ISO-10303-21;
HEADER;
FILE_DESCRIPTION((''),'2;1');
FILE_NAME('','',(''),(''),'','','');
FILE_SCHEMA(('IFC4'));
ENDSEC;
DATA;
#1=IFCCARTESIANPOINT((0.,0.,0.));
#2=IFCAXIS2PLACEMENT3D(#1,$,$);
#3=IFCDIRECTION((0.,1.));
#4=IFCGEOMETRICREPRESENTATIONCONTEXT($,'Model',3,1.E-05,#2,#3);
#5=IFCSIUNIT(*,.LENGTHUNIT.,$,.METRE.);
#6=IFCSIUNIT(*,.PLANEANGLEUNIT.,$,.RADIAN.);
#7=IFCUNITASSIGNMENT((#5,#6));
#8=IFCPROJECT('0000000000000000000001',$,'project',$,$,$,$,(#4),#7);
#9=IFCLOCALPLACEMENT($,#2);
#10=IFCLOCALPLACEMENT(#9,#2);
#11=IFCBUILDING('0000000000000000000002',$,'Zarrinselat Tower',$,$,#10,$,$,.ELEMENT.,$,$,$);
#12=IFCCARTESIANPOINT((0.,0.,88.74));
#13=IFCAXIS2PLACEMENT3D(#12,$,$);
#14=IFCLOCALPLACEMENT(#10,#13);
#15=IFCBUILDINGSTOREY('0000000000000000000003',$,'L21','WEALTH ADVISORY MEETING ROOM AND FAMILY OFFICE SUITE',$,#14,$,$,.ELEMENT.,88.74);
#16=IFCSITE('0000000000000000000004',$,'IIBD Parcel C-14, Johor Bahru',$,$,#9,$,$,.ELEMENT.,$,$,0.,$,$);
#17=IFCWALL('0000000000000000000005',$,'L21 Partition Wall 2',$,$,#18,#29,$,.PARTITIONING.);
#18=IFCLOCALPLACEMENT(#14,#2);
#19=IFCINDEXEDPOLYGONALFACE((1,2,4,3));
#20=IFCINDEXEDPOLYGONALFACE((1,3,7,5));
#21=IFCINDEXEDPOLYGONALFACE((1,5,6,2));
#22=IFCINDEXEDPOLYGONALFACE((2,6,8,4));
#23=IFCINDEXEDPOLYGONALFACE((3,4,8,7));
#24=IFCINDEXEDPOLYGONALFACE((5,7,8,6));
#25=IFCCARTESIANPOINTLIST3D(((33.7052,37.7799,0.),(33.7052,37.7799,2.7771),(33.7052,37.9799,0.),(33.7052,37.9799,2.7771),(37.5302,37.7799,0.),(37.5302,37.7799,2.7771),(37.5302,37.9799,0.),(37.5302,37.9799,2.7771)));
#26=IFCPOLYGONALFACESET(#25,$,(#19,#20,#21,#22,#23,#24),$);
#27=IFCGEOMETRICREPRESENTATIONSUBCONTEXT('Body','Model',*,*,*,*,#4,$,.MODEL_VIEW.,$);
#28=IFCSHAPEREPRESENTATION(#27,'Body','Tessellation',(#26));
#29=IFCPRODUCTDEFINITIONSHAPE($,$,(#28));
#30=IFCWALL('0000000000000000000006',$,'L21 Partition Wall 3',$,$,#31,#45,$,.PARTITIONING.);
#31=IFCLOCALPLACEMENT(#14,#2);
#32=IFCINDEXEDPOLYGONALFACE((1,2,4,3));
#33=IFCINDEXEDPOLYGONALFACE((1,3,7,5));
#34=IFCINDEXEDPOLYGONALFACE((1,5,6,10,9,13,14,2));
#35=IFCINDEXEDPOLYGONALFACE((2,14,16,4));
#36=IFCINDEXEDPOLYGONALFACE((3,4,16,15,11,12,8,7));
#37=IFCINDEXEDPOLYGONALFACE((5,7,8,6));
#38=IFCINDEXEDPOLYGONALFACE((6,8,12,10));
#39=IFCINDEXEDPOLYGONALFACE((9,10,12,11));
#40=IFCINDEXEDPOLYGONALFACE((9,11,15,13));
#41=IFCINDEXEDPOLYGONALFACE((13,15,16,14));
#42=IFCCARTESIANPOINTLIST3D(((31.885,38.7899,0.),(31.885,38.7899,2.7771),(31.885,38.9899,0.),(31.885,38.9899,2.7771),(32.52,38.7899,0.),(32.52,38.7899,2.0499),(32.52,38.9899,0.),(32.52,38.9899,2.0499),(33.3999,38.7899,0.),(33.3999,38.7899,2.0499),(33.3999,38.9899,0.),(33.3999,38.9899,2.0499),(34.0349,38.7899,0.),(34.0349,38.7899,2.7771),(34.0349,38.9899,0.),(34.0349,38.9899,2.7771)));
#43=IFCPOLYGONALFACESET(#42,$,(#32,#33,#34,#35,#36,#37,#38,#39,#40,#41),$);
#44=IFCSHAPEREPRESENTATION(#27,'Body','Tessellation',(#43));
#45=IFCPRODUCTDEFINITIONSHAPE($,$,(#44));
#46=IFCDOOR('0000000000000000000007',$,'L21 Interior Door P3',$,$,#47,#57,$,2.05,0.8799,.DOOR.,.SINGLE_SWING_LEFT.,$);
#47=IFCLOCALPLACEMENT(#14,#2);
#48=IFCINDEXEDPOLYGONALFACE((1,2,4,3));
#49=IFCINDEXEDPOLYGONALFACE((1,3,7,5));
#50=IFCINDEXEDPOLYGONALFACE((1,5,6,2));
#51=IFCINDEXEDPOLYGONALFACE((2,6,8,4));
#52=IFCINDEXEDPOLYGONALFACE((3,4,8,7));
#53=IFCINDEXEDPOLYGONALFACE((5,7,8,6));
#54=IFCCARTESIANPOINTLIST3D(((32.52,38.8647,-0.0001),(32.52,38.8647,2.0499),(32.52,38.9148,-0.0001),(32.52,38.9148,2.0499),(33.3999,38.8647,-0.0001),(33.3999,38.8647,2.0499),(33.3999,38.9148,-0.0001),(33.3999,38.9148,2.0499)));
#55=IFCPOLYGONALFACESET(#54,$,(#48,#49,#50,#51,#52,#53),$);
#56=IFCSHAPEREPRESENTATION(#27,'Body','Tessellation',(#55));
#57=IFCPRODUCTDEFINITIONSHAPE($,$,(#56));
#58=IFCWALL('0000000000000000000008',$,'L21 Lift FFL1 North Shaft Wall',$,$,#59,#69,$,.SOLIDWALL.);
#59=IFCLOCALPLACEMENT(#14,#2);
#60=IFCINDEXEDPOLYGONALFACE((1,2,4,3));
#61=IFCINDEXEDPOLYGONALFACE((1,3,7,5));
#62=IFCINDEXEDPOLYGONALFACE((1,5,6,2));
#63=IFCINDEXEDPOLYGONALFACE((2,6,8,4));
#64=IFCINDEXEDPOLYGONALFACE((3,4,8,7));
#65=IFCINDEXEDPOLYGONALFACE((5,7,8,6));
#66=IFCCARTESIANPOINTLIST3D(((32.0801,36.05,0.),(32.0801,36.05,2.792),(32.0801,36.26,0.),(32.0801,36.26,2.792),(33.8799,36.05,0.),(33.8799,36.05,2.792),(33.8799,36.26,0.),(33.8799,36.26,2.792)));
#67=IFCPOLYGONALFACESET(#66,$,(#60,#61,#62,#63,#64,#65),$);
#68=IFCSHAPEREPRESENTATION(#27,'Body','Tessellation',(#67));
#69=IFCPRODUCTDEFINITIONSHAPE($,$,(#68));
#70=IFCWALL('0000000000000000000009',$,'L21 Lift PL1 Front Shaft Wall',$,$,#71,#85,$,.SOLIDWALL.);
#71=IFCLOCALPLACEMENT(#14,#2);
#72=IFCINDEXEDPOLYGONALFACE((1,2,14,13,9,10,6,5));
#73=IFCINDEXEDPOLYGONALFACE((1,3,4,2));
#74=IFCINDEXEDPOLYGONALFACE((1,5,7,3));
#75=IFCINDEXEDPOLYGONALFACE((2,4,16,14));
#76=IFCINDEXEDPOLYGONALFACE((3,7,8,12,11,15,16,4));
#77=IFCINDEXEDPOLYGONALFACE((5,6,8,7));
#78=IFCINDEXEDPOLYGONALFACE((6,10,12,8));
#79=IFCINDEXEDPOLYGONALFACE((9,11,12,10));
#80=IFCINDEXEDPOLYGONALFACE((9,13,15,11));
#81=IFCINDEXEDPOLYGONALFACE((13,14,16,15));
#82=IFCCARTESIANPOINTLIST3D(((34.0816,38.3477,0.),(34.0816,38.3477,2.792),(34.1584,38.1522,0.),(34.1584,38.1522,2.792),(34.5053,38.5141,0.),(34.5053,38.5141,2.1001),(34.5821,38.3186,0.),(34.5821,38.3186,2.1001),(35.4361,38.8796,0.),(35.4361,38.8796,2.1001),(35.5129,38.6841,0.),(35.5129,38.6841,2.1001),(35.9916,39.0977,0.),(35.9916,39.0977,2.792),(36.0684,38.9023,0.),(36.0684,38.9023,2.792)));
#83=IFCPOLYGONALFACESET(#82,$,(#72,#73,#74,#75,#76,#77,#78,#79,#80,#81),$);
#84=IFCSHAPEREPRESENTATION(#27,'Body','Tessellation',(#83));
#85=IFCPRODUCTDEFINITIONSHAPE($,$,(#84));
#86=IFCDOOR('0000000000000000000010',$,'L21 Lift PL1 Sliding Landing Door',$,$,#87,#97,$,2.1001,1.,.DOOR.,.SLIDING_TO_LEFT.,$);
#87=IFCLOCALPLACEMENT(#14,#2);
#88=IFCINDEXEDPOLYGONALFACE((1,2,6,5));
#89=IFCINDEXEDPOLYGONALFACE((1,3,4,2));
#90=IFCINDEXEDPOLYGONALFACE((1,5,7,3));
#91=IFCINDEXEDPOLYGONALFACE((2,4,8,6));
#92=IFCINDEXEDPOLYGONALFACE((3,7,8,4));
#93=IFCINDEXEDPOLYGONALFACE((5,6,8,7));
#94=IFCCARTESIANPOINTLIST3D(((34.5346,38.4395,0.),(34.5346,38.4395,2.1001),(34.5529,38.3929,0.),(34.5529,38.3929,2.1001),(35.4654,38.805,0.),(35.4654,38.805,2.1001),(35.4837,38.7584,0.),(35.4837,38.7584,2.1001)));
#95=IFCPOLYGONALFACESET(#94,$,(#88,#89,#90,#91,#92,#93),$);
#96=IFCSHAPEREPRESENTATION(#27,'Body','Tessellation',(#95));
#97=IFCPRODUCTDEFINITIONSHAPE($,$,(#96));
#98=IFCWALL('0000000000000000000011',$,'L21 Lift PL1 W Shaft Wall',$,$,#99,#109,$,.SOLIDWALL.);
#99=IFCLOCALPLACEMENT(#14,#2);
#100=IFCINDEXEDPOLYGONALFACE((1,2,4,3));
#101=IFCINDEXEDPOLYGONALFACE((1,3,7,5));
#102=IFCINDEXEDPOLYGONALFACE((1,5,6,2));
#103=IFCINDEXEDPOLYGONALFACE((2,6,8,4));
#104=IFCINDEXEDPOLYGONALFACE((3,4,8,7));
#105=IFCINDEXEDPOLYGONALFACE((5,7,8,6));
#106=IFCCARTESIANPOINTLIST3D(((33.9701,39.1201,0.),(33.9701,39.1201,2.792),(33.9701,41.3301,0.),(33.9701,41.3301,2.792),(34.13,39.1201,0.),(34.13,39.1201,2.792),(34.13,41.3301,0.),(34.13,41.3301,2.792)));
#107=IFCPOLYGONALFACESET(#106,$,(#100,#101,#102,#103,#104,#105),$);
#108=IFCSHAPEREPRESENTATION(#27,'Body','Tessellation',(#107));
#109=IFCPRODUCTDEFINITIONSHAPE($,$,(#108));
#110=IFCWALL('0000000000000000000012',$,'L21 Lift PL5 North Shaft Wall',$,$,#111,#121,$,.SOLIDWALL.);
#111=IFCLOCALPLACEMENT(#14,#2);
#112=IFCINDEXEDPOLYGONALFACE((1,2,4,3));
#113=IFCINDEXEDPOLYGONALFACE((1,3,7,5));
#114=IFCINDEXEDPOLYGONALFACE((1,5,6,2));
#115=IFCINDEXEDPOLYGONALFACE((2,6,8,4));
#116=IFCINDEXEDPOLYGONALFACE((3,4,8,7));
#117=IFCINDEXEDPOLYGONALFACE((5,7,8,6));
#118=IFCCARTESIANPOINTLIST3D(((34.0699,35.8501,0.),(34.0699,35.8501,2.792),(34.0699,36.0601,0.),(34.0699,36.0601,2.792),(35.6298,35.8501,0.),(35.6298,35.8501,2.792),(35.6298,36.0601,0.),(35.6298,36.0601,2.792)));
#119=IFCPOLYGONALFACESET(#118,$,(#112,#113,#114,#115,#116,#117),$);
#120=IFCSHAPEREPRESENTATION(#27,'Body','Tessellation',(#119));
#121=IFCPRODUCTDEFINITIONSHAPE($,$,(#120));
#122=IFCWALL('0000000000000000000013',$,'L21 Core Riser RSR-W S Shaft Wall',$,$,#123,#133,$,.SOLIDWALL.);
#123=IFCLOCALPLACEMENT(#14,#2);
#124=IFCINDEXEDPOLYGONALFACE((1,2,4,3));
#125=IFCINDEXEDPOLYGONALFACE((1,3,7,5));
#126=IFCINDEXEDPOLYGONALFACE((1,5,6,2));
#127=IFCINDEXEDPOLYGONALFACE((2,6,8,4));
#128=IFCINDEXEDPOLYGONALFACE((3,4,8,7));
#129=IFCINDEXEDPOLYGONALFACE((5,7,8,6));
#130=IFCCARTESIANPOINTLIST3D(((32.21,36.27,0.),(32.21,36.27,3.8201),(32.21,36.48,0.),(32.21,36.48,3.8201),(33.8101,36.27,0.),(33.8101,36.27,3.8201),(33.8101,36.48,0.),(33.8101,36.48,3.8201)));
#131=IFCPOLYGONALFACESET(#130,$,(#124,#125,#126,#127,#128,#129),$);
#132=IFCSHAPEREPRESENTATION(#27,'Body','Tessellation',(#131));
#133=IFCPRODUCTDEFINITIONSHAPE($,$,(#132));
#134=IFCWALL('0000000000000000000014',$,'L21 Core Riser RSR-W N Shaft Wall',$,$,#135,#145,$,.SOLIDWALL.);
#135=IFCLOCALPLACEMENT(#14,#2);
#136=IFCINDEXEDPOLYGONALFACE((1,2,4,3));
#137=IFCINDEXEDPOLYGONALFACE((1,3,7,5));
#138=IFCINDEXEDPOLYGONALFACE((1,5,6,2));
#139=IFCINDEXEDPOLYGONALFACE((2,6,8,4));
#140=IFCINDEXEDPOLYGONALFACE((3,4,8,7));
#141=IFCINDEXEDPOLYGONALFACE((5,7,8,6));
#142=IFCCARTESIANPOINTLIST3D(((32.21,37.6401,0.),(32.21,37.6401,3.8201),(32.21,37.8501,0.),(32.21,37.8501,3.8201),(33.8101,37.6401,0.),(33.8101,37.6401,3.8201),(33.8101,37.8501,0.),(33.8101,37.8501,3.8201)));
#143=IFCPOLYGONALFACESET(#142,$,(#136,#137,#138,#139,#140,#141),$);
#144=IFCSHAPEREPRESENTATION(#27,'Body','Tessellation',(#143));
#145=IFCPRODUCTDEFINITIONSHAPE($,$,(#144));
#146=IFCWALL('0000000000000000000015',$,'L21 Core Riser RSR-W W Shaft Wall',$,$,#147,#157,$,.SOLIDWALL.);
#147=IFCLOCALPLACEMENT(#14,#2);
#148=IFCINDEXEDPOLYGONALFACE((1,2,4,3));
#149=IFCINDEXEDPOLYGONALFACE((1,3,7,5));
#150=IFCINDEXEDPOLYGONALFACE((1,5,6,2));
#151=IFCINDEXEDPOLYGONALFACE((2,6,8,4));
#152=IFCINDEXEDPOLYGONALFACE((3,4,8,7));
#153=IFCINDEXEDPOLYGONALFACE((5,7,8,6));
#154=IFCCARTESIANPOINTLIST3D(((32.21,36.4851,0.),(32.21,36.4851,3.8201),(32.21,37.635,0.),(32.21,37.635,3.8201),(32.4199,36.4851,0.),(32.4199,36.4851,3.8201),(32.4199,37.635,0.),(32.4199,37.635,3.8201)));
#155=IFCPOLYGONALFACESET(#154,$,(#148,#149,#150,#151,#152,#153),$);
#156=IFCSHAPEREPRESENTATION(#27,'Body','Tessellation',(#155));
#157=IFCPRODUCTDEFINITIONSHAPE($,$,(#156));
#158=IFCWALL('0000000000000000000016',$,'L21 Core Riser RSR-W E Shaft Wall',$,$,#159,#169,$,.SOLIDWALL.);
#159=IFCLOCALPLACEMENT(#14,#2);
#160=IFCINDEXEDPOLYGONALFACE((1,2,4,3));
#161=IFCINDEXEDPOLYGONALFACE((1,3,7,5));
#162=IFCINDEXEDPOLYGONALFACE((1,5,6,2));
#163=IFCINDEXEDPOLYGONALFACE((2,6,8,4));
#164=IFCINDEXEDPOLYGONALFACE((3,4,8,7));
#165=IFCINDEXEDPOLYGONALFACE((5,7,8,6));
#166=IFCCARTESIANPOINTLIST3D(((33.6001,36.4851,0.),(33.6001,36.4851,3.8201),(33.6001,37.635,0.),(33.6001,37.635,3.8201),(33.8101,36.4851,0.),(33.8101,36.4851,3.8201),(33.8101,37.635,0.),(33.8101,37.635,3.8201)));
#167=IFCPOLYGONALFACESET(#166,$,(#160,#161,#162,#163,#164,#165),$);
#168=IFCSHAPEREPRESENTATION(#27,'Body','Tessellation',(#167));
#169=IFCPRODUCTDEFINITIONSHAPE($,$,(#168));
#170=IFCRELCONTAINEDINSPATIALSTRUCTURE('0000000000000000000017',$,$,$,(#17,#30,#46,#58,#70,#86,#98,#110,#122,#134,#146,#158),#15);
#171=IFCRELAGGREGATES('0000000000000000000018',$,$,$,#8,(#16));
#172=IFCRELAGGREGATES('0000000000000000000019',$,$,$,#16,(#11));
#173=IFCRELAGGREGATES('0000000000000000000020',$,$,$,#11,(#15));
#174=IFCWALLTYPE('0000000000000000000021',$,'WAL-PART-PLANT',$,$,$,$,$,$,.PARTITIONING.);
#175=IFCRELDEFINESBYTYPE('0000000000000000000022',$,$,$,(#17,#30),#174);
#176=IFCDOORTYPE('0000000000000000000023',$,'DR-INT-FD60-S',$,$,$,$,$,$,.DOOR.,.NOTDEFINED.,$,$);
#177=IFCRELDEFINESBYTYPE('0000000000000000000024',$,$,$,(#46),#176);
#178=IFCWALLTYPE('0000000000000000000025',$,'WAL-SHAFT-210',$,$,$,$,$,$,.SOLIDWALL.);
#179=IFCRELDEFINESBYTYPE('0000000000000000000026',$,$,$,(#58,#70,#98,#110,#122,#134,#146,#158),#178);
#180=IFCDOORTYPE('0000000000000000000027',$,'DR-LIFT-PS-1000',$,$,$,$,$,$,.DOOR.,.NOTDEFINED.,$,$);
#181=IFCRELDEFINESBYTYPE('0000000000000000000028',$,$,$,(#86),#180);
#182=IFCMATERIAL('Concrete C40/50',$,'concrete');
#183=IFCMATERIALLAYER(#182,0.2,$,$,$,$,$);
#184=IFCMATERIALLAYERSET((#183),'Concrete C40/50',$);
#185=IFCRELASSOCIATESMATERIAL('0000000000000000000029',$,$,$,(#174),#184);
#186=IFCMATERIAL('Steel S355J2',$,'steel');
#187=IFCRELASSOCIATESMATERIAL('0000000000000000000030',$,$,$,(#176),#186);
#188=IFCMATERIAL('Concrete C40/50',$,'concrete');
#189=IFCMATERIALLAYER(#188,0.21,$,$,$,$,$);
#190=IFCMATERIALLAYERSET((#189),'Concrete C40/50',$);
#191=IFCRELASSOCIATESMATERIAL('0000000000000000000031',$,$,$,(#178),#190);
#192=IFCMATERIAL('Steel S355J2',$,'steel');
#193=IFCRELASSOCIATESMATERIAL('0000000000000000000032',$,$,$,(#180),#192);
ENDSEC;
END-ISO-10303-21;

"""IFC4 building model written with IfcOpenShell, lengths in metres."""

from ifc_helpers import new_model, si_unit, direction, frame, frame_2d, origin, place, context, subcontext, project, spatial, rectangle, extrude, material, layer, layer_set, type_object, element, fill, save


model = new_model("IFC4")

# Units and contexts
model_context = context("Model", 3, precision=1e-05, world=origin(), true_north=direction((0.0, 1.0)))
body_context = subcontext(model_context, "Body", "Model", "MODEL_VIEW")
ifc_project = project(units=[si_unit("LENGTHUNIT", "METRE"), si_unit("PLANEANGLEUNIT", "RADIAN")], contexts=[model_context])

# Site, building, storey
site_placement = place(None, origin())
site = spatial("IfcSite", under=ifc_project, at=site_placement, Name="IIBD Parcel C-14, Johor Bahru", CompositionType="ELEMENT", RefElevation=0.0)
building_placement = place(site_placement, origin())
building = spatial("IfcBuilding", under=site, at=building_placement, Name="Zarrinselat Tower", CompositionType="ELEMENT")
storey_placement = place(building_placement, frame((0.0, 0.0, 88.74)))
storey = spatial("IfcBuildingStorey", under=building, at=storey_placement, Name="L21", Description="WEALTH ADVISORY MEETING ROOM AND FAMILY OFFICE SUITE", CompositionType="ELEMENT", Elevation=88.74)

# Wall
ifc_material_1 = material(Name="Concrete C40/50", Category="concrete")
ifc_layer_1 = layer(ifc_material_1, 0.2)
ifc_layer_set_1 = layer_set([ifc_layer_1], Name="Concrete C40/50")
wall_type_1 = type_object("IfcWallType", Name="WAL-PART-PLANT", PredefinedType="PARTITIONING", material=ifc_layer_set_1)
wall_1_placement = place(storey_placement, frame((33.7051, 37.8799, 0.0), z_axis=(0.0, 0.0, 1.0), x_axis=(1.0, 0.0, 0.0)))
element("IfcWall", 1, at=wall_1_placement, inside=storey, type_object=wall_type_1, Name="L21 Partition Wall 2", PredefinedType="PARTITIONING", context=body_context, shape_type="SweptSolid", body=[
    extrude(rectangle(XDim=3.825, YDim=0.2, at=frame_2d((1.9126, 0.0))), origin(), (0.0, 0.0, 1.0), 2.7771),
])

# Wall, opening, door
wall_2_placement = place(storey_placement, frame((31.885, 38.8899, 0.0), z_axis=(0.0, 0.0, 1.0), x_axis=(1.0, 0.0, 0.0)))
wall_2 = element("IfcWall", 2, at=wall_2_placement, inside=storey, type_object=wall_type_1, Name="L21 Partition Wall 3", PredefinedType="PARTITIONING", context=body_context, shape_type="SweptSolid", body=[
    extrude(rectangle(XDim=2.1499, YDim=0.2, at=frame_2d((1.075, 0.0))), origin(), (0.0, 0.0, 1.0), 2.7771),
])
opening_1_placement = place(wall_2_placement, frame((0.635, 0.0, 0.0)))
opening_1 = element("IfcOpeningElement", 3, at=opening_1_placement, cuts=wall_2, PredefinedType="OPENING", context=body_context, shape_type="SweptSolid", body=[
    extrude(rectangle(XDim=0.8799, YDim=2.05, at=frame_2d((0.4399, 1.0249))), frame((0.0, 0.1099, 0.0), z_axis=(0.0, -1.0, 0.0), x_axis=(1.0, 0.0, 0.0)), (0.0, 0.0, 1.0), 0.22),
])
ifc_material_2 = material(Name="Steel S355J2", Category="steel")
door_type_1 = type_object("IfcDoorType", Name="DR-INT-FD60-S", OperationType="NOTDEFINED", PredefinedType="DOOR", material=ifc_material_2)
door_1_placement = place(opening_1_placement, origin())
door_1 = element("IfcDoor", 4, at=door_1_placement, inside=storey, type_object=door_type_1, Name="L21 Interior Door P3", OperationType="SINGLE_SWING_LEFT", OverallHeight=2.05, OverallWidth=0.8799, PredefinedType="DOOR", context=body_context, shape_type="SweptSolid", body=[
    extrude(rectangle(XDim=0.8799, YDim=2.05, at=frame_2d((0.4399, 1.0249))), frame((0.0, 0.0249, 0.0), z_axis=(0.0, -1.0, 0.0), x_axis=(1.0, 0.0, 0.0)), (0.0, 0.0, 1.0), 0.05),
])
fill(opening_1, door_1)

# Wall
ifc_material_3 = material(Name="Concrete C40/50", Category="concrete")
ifc_layer_2 = layer(ifc_material_3, 0.21)
ifc_layer_set_2 = layer_set([ifc_layer_2], Name="Concrete C40/50")
wall_type_2 = type_object("IfcWallType", Name="WAL-SHAFT-210", PredefinedType="SOLIDWALL", material=ifc_layer_set_2)
wall_3_placement = place(storey_placement, frame((32.0801, 36.155, 0.0), z_axis=(0.0, 0.0, 1.0), x_axis=(1.0, 0.0, 0.0)))
element("IfcWall", 5, at=wall_3_placement, inside=storey, type_object=wall_type_2, Name="L21 Lift FFL1 North Shaft Wall", PredefinedType="SOLIDWALL", context=body_context, shape_type="SweptSolid", body=[
    extrude(rectangle(XDim=1.7998, YDim=0.21, at=frame_2d((0.8999, 0.0))), origin(), (0.0, 0.0, 1.0), 2.792),
])

# Wall, opening, door
wall_4_placement = place(storey_placement, frame((34.1201, 38.25, 0.0), z_axis=(0.0, 0.0, 1.0), x_axis=(0.930805, 0.365516, 0.0)))
wall_4 = element("IfcWall", 6, at=wall_4_placement, inside=storey, type_object=wall_type_2, Name="L21 Lift PL1 Front Shaft Wall", PredefinedType="SOLIDWALL", context=body_context, shape_type="SweptSolid", body=[
    extrude(rectangle(XDim=2.052, YDim=0.21, at=frame_2d((1.0259, 0.0))), origin(), (0.0, 0.0, 1.0), 2.792),
])
opening_2_placement = place(wall_4_placement, frame((0.4551, 0.0, 0.0)))
opening_2 = element("IfcOpeningElement", 7, at=opening_2_placement, cuts=wall_4, PredefinedType="OPENING", context=body_context, shape_type="SweptSolid", body=[
    extrude(rectangle(XDim=1.0, YDim=2.1001, at=frame_2d((0.5, 1.05))), frame((0.0, 0.115, 0.0), z_axis=(0.0, -1.0, 0.0), x_axis=(1.0, 0.0, 0.0)), (0.0, 0.0, 1.0), 0.23),
])
ifc_material_4 = material(Name="Steel S355J2", Category="steel")
door_type_2 = type_object("IfcDoorType", Name="DR-LIFT-PS-1000", OperationType="NOTDEFINED", PredefinedType="DOOR", material=ifc_material_4)
door_2_placement = place(opening_2_placement, origin())
door_2 = element("IfcDoor", 8, at=door_2_placement, inside=storey, type_object=door_type_2, Name="L21 Lift PL1 Sliding Landing Door", OperationType="SLIDING_TO_LEFT", OverallHeight=2.1001, OverallWidth=1.0, PredefinedType="DOOR", context=body_context, shape_type="SweptSolid", body=[
    extrude(rectangle(XDim=1.0, YDim=2.1001, at=frame_2d((0.5, 1.05))), frame((0.0, 0.0249, 0.0), z_axis=(0.0, -1.0, 0.0), x_axis=(1.0, 0.0, 0.0)), (0.0, 0.0, 1.0), 0.05),
])
fill(opening_2, door_2)

# Walls
wall_5_placement = place(storey_placement, frame((34.05, 39.1201, 0.0), z_axis=(0.0, 0.0, 1.0), x_axis=(0.0, 1.0, 0.0)))
element("IfcWall", 9, at=wall_5_placement, inside=storey, type_object=wall_type_2, Name="L21 Lift PL1 W Shaft Wall", PredefinedType="SOLIDWALL", context=body_context, shape_type="SweptSolid", body=[
    extrude(rectangle(XDim=2.21, YDim=0.1599, at=frame_2d((1.105, 0.0))), origin(), (0.0, 0.0, 1.0), 2.792),
])
wall_6_placement = place(storey_placement, frame((34.0701, 35.9551, 0.0), z_axis=(0.0, 0.0, 1.0), x_axis=(1.0, 0.0, 0.0)))
element("IfcWall", 10, at=wall_6_placement, inside=storey, type_object=wall_type_2, Name="L21 Lift PL5 North Shaft Wall", PredefinedType="SOLIDWALL", context=body_context, shape_type="SweptSolid", body=[
    extrude(rectangle(XDim=1.5598, YDim=0.21, at=frame_2d((0.7798, 0.0))), origin(), (0.0, 0.0, 1.0), 2.792),
])
for number, where, z_axis, x_axis, name in (
    (11, (32.21, 36.375, 0.0), (0.0, 0.0, 1.0), (1.0, 0.0, 0.0), "L21 Core Riser RSR-W S Shaft Wall"),
    (12, (32.21, 37.7451, 0.0), (0.0, 0.0, 1.0), (1.0, 0.0, 0.0), "L21 Core Riser RSR-W N Shaft Wall"),
):
    element("IfcWall", number, at=place(storey_placement, frame(where, z_axis=z_axis, x_axis=x_axis)), inside=storey, type_object=wall_type_2, Name=name, PredefinedType="SOLIDWALL", context=body_context, shape_type="SweptSolid", body=[
        extrude(rectangle(XDim=1.6001, YDim=0.21, at=frame_2d((0.8, 0.0))), origin(), (0.0, 0.0, 1.0), 3.8201),
    ])
for number, where, z_axis, x_axis, name in (
    (13, (32.3149, 36.4851, 0.0), (0.0, 0.0, 1.0), (0.0, 1.0, 0.0), "L21 Core Riser RSR-W W Shaft Wall"),
    (14, (33.7051, 36.4851, 0.0), (0.0, 0.0, 1.0), (0.0, 1.0, 0.0), "L21 Core Riser RSR-W E Shaft Wall"),
):
    element("IfcWall", number, at=place(storey_placement, frame(where, z_axis=z_axis, x_axis=x_axis)), inside=storey, type_object=wall_type_2, Name=name, PredefinedType="SOLIDWALL", context=body_context, shape_type="SweptSolid", body=[
        extrude(rectangle(XDim=1.1499, YDim=0.21, at=frame_2d((0.575, 0.0))), origin(), (0.0, 0.0, 1.0), 3.8201),
    ])

save(model, "model.ifc")
